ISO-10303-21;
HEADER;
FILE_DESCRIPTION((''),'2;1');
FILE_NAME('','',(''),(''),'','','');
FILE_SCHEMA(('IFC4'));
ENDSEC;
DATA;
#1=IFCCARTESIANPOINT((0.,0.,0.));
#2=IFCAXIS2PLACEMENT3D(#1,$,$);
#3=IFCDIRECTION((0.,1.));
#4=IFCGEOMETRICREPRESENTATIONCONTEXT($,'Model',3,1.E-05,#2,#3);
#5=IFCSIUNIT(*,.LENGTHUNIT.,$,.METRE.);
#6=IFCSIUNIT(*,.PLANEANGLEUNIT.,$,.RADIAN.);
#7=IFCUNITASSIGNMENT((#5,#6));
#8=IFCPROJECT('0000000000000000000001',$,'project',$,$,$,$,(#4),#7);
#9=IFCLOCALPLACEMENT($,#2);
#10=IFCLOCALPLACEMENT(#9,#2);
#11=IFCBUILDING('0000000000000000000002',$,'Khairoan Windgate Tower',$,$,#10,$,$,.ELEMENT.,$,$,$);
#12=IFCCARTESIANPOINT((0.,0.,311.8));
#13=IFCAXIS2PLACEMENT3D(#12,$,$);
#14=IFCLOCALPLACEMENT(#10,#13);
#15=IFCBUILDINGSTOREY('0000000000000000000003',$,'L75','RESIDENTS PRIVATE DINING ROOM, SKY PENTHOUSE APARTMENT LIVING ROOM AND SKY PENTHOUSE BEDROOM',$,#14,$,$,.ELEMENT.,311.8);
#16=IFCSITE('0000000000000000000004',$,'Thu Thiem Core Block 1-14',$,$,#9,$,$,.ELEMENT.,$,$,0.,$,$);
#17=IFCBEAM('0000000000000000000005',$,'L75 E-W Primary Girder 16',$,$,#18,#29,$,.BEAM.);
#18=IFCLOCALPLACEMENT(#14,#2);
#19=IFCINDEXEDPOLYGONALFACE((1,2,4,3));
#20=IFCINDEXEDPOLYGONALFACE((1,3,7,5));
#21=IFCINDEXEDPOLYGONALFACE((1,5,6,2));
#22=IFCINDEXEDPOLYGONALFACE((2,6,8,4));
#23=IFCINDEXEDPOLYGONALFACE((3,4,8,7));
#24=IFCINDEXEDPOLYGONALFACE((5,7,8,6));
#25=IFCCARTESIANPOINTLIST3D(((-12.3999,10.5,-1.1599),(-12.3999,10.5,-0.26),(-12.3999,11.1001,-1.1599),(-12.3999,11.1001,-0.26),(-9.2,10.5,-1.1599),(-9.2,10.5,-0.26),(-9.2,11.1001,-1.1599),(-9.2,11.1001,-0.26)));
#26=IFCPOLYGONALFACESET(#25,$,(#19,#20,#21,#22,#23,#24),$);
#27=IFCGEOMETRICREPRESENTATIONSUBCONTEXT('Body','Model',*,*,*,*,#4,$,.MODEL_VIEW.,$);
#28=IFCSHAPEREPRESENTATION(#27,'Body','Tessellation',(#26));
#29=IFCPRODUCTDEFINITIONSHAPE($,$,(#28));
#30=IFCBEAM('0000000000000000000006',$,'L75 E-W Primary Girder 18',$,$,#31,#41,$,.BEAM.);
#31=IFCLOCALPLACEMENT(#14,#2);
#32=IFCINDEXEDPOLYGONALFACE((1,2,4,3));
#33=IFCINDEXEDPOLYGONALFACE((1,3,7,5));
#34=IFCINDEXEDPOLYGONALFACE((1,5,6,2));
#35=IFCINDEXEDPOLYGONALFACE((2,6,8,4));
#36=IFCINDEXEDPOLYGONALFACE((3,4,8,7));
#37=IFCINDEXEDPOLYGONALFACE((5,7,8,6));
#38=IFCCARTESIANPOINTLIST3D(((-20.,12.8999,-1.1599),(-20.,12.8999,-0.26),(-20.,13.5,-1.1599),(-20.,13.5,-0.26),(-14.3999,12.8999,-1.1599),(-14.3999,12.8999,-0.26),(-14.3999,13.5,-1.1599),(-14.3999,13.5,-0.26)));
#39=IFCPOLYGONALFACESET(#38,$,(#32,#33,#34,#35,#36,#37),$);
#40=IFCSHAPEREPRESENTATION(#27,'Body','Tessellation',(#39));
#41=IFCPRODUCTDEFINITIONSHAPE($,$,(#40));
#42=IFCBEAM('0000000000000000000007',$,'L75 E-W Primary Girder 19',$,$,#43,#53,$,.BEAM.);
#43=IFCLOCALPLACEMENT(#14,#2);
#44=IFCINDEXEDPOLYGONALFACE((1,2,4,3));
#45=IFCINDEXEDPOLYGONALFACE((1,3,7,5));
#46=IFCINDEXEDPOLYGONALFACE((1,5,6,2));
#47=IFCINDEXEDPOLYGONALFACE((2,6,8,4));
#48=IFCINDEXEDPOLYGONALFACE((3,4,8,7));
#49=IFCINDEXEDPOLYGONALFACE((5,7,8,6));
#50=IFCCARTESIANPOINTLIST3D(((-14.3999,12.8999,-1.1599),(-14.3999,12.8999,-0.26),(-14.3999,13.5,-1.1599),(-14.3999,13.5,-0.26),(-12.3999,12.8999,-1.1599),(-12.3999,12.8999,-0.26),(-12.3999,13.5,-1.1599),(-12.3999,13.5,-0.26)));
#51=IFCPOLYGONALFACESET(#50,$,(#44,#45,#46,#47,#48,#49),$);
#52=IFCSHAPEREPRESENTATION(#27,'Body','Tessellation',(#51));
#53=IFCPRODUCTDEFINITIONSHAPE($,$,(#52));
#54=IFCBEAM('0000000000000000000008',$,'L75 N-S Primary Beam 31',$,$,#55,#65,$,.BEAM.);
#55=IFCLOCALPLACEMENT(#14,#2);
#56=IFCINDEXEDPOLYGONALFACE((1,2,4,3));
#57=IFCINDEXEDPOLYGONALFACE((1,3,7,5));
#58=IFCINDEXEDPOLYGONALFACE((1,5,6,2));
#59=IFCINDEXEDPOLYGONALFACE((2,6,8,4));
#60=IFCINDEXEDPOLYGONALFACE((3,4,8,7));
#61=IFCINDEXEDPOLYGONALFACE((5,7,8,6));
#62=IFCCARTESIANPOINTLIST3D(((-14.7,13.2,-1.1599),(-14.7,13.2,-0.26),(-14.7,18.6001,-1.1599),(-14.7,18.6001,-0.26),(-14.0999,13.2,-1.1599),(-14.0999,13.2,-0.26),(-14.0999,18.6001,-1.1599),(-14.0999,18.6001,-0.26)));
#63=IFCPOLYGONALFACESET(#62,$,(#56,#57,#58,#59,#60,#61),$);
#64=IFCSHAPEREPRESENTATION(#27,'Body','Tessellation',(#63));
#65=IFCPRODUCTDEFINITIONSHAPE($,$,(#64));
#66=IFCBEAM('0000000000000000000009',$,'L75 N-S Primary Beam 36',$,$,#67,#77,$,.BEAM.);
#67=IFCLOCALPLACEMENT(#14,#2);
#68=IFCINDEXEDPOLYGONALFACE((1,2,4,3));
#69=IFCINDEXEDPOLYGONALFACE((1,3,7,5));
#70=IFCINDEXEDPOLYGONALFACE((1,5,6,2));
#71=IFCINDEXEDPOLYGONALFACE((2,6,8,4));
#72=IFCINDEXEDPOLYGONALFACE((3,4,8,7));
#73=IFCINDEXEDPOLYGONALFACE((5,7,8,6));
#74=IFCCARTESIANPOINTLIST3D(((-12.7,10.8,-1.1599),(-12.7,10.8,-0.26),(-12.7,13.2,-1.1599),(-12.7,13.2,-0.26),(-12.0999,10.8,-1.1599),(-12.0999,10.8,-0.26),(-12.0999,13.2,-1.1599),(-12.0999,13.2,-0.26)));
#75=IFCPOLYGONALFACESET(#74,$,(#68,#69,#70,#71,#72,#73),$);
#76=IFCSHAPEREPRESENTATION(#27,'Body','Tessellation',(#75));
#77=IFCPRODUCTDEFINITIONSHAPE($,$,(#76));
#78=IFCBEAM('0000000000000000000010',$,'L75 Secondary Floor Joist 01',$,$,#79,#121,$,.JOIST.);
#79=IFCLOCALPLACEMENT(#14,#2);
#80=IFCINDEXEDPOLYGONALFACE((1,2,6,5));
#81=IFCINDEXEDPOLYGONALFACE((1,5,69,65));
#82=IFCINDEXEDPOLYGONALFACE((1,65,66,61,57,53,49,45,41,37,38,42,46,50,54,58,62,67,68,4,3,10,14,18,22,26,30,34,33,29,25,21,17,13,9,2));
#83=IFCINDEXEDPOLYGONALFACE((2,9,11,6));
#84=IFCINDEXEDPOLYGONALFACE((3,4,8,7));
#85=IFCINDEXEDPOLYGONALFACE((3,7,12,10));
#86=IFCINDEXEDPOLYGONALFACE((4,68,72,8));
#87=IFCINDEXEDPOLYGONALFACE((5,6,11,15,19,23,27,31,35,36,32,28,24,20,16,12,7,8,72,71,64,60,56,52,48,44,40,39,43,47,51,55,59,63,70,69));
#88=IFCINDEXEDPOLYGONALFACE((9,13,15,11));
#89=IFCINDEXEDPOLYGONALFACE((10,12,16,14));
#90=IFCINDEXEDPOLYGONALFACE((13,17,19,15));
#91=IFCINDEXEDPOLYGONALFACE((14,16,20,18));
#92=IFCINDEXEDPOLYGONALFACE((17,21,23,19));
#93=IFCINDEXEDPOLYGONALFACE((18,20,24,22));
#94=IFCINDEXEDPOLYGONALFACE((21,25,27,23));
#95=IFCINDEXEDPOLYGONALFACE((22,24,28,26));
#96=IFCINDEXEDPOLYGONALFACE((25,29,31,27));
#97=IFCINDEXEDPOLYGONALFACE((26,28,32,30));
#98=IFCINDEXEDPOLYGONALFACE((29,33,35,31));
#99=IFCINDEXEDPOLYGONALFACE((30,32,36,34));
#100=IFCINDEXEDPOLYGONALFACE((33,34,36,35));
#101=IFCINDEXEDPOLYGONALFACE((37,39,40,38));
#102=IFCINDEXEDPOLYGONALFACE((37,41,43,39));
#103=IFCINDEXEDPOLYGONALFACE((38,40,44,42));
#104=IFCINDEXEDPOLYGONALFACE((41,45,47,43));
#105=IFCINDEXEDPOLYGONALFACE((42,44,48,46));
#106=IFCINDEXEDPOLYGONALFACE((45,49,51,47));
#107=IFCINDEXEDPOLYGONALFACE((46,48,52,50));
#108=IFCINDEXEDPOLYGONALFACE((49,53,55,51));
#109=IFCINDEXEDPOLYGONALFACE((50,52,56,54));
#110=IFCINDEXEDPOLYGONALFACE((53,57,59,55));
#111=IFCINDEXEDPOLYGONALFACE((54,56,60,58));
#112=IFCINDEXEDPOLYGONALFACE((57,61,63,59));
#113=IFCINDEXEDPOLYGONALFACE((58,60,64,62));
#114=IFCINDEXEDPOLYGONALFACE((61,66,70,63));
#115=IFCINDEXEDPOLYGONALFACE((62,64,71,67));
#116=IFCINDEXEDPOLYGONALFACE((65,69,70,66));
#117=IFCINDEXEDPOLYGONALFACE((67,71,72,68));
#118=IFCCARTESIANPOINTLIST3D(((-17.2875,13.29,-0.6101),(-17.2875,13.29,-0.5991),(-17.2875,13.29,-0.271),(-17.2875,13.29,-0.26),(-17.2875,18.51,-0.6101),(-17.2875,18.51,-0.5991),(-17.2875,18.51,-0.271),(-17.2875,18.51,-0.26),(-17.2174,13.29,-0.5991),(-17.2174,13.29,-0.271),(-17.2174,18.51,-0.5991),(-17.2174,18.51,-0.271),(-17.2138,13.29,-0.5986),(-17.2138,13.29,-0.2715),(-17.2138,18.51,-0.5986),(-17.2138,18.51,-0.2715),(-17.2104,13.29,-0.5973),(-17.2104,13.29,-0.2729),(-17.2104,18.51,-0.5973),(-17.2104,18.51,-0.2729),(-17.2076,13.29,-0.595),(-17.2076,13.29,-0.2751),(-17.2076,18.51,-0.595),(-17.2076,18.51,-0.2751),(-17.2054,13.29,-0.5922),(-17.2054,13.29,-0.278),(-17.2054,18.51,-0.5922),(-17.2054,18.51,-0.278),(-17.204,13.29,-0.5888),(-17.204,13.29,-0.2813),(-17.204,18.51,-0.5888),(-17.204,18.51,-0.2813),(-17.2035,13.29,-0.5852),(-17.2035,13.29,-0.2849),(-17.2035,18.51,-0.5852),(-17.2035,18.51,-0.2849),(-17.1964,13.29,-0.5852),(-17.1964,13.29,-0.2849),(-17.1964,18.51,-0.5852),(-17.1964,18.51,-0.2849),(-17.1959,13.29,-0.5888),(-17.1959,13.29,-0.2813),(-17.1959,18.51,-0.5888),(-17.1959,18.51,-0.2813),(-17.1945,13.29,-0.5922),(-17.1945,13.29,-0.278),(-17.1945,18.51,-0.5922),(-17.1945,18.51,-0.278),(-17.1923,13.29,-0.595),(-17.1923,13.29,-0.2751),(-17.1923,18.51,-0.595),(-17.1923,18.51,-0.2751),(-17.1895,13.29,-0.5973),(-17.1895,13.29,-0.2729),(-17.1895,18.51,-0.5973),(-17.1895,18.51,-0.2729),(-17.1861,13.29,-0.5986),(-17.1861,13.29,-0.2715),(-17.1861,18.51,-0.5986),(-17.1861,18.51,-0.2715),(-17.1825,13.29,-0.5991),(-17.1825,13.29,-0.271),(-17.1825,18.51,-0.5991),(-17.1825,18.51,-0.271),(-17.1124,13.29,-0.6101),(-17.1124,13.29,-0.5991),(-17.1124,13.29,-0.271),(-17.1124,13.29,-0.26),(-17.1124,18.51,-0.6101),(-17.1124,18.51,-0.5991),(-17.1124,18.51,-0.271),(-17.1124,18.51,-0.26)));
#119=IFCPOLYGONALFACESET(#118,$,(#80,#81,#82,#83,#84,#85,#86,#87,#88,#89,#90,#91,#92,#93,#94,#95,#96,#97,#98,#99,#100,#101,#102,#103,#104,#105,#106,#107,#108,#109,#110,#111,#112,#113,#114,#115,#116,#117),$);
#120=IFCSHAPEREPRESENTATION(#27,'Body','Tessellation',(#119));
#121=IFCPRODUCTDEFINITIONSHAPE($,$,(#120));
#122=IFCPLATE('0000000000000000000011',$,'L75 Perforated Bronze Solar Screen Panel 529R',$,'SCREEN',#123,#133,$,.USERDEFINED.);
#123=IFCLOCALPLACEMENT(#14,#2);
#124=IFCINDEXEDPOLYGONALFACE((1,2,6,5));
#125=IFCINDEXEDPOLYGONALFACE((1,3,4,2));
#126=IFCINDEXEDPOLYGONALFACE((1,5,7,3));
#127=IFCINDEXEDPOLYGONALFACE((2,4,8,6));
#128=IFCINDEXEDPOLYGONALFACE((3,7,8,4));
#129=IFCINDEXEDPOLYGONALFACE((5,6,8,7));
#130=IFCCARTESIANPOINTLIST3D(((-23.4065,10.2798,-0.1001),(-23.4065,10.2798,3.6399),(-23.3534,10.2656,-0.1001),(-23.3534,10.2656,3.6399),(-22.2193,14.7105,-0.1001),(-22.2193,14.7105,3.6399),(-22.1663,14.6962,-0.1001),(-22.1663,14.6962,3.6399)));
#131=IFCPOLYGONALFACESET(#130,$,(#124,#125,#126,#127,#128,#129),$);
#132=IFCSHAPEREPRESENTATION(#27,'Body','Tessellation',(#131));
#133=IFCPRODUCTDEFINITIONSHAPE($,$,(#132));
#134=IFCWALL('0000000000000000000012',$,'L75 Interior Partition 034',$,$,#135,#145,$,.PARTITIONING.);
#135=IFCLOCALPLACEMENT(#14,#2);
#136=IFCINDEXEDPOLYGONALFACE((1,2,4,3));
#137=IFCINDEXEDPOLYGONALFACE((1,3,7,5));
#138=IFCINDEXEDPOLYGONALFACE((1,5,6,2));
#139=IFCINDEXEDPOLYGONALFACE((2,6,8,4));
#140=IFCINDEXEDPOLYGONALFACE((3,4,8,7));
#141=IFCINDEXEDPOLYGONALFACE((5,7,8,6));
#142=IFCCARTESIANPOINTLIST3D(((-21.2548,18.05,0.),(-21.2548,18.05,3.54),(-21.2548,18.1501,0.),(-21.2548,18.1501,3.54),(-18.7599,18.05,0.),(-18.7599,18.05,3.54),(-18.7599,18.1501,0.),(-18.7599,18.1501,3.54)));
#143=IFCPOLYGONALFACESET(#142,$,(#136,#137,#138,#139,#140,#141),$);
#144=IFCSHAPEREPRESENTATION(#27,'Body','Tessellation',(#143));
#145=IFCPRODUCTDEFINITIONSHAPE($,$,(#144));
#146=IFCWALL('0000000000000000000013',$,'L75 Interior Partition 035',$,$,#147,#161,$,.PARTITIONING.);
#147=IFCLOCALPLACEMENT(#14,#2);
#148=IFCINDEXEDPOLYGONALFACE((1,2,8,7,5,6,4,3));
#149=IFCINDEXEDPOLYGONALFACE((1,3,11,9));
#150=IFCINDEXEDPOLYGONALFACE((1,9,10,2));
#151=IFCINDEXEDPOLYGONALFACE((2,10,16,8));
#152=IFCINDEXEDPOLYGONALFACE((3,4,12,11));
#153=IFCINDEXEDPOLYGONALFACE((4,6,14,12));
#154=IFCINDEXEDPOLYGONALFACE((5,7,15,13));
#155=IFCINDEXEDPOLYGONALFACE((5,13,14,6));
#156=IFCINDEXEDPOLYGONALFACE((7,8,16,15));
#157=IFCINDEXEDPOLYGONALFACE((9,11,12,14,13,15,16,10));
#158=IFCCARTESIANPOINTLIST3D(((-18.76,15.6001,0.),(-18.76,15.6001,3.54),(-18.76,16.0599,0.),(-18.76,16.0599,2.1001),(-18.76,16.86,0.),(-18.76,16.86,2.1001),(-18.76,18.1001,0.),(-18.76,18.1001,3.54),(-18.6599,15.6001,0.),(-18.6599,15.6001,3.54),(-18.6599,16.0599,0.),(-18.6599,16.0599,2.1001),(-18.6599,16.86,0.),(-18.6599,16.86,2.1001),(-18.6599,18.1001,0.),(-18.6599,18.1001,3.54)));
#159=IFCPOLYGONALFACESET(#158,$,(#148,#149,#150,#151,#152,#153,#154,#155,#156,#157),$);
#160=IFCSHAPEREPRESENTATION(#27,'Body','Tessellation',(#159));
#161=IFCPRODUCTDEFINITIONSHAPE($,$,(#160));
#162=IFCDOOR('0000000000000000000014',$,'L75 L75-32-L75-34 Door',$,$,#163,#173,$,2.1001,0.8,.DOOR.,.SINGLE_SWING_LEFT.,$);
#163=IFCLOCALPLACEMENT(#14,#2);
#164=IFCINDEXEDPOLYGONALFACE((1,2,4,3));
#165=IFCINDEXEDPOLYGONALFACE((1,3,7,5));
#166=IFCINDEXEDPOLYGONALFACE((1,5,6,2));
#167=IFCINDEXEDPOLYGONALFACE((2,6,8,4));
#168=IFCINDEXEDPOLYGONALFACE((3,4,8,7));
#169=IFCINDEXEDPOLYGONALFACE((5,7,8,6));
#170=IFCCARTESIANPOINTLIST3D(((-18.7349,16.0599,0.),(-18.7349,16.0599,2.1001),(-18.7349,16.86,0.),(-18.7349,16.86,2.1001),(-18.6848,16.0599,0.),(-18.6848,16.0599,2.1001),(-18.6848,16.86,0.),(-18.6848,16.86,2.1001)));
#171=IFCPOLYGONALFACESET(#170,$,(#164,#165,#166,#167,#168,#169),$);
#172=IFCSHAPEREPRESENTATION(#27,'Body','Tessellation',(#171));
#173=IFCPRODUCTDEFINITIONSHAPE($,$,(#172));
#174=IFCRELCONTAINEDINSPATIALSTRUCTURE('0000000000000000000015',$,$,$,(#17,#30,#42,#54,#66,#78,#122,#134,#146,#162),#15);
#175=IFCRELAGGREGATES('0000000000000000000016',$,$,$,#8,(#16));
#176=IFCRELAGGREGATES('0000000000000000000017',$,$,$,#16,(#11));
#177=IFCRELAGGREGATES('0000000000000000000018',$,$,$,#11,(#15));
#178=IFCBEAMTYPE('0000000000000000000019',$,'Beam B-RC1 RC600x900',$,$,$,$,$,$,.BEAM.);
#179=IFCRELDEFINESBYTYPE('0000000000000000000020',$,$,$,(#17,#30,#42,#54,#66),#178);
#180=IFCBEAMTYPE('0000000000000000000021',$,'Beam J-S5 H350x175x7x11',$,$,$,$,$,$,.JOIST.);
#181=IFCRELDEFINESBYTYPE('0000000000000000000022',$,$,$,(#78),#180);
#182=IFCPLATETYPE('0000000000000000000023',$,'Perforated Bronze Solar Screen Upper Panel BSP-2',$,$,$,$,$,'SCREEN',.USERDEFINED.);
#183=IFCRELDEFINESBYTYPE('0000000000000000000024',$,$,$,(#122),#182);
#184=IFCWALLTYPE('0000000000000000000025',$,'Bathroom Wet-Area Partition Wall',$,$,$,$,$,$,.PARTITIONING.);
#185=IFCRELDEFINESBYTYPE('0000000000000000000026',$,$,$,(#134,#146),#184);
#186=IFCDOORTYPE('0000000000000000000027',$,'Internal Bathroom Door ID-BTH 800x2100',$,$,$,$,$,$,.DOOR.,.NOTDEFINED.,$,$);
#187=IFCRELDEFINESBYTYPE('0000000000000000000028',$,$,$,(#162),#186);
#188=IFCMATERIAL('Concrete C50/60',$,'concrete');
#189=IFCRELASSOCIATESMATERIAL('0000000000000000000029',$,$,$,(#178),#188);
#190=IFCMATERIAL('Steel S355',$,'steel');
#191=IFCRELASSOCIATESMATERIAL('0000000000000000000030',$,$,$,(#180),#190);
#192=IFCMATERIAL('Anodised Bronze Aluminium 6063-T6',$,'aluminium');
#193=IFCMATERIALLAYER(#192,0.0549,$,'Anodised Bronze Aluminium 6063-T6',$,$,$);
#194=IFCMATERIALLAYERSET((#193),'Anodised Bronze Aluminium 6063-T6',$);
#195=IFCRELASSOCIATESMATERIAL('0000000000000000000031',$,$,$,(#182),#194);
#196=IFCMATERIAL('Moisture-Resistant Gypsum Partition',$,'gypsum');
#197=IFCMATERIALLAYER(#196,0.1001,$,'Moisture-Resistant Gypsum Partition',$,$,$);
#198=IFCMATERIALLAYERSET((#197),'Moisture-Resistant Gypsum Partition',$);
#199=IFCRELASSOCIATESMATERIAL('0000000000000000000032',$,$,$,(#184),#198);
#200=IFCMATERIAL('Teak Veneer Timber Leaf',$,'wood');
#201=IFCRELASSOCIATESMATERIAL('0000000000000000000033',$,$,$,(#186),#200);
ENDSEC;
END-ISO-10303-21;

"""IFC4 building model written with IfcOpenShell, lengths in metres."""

from ifc_helpers import new_model, si_unit, direction, frame, frame_2d, origin, origin_2d, place, context, subcontext, project, spatial, rectangle, i_section, extrude, material, layer, layer_set, material_profile, profile_set, type_object, element, fill, save


model = new_model("IFC4")

# Units and contexts
model_context = context("Model", 3, precision=1e-05, world=origin(), true_north=direction((0.0, 1.0)))
body_context = subcontext(model_context, "Body", "Model", "MODEL_VIEW")
ifc_project = project(units=[si_unit("LENGTHUNIT", "METRE"), si_unit("PLANEANGLEUNIT", "RADIAN")], contexts=[model_context])

# Site, building, storey
site_placement = place(None, origin())
site = spatial("IfcSite", under=ifc_project, at=site_placement, Name="Thu Thiem Core Block 1-14", CompositionType="ELEMENT", RefElevation=0.0)
building_placement = place(site_placement, origin())
building = spatial("IfcBuilding", under=site, at=building_placement, Name="Khairoan Windgate Tower", CompositionType="ELEMENT")
storey_placement = place(building_placement, frame((0.0, 0.0, 311.8)))
storey = spatial("IfcBuildingStorey", under=building, at=storey_placement, Name="L75", Description="RESIDENTS PRIVATE DINING ROOM, SKY PENTHOUSE APARTMENT LIVING ROOM AND SKY PENTHOUSE BEDROOM", CompositionType="ELEMENT", Elevation=311.8)

# Beams
ifc_material_1 = material(Name="Concrete C50/60", Category="concrete")
ifc_material_profile_1 = material_profile(ifc_material_1, rectangle(XDim=0.6001, YDim=0.8999, at=origin_2d()))
ifc_profile_set_1 = profile_set([ifc_material_profile_1], Name="Concrete C50/60")
beam_type_1 = type_object("IfcBeamType", Name="Beam B-RC1 RC600x900", PredefinedType="BEAM", material=ifc_profile_set_1)
beam_1_placement = place(storey_placement, frame((-12.3999, 10.8, -0.71), z_axis=(1.0, 0.0, 0.0), x_axis=(0.0, 1.0, 0.0)))
element("IfcBeam", 1, at=beam_1_placement, inside=storey, type_object=beam_type_1, Name="L75 E-W Primary Girder 16", PredefinedType="BEAM", context=body_context, shape_type="SweptSolid", body=[
    extrude(rectangle(XDim=0.6001, YDim=0.8999, at=origin_2d()), origin(), (0.0, 0.0, 1.0), 3.2),
])
beam_2_placement = place(storey_placement, frame((-20.0, 13.2, -0.71), z_axis=(1.0, 0.0, 0.0), x_axis=(0.0, 1.0, 0.0)))
element("IfcBeam", 2, at=beam_2_placement, inside=storey, type_object=beam_type_1, Name="L75 E-W Primary Girder 18", PredefinedType="BEAM", context=body_context, shape_type="SweptSolid", body=[
    extrude(rectangle(XDim=0.6001, YDim=0.8999, at=origin_2d()), origin(), (0.0, 0.0, 1.0), 5.6001),
])
beam_3_placement = place(storey_placement, frame((-14.3999, 13.2, -0.71), z_axis=(1.0, 0.0, 0.0), x_axis=(0.0, 1.0, 0.0)))
element("IfcBeam", 3, at=beam_3_placement, inside=storey, type_object=beam_type_1, Name="L75 E-W Primary Girder 19", PredefinedType="BEAM", context=body_context, shape_type="SweptSolid", body=[
    extrude(rectangle(XDim=0.6001, YDim=0.8999, at=origin_2d()), origin(), (0.0, 0.0, 1.0), 2.0),
])
beam_4_placement = place(storey_placement, frame((-14.3999, 13.2, -0.71), z_axis=(0.0, 1.0, 0.0), x_axis=(-1.0, 0.0, 0.0)))
element("IfcBeam", 4, at=beam_4_placement, inside=storey, type_object=beam_type_1, Name="L75 N-S Primary Beam 31", PredefinedType="BEAM", context=body_context, shape_type="SweptSolid", body=[
    extrude(rectangle(XDim=0.6001, YDim=0.8999, at=origin_2d()), origin(), (0.0, 0.0, 1.0), 5.4001),
])
beam_5_placement = place(storey_placement, frame((-12.3999, 10.8, -0.71), z_axis=(0.0, 1.0, 0.0), x_axis=(-1.0, 0.0, 0.0)))
element("IfcBeam", 5, at=beam_5_placement, inside=storey, type_object=beam_type_1, Name="L75 N-S Primary Beam 36", PredefinedType="BEAM", context=body_context, shape_type="SweptSolid", body=[
    extrude(rectangle(XDim=0.6001, YDim=0.8999, at=origin_2d()), origin(), (0.0, 0.0, 1.0), 2.3999),
])
ifc_material_2 = material(Name="Steel S355", Category="steel")
ifc_material_profile_2 = material_profile(ifc_material_2, i_section(OverallWidth=0.175, OverallDepth=0.3501, WebThickness=0.0071, FlangeThickness=0.011, FilletRadius=0.0139, at=origin_2d()))
ifc_profile_set_2 = profile_set([ifc_material_profile_2], Name="Steel S355")
beam_type_2 = type_object("IfcBeamType", Name="Beam J-S5 H350x175x7x11", PredefinedType="JOIST", material=ifc_profile_set_2)
beam_6_placement = place(storey_placement, frame((-17.2, 13.29, -0.4351), z_axis=(0.0, 1.0, 0.0), x_axis=(-1.0, 0.0, 0.0)))
element("IfcBeam", 6, at=beam_6_placement, inside=storey, type_object=beam_type_2, Name="L75 Secondary Floor Joist 01", PredefinedType="JOIST", context=body_context, shape_type="SweptSolid", body=[
    extrude(i_section(OverallWidth=0.175, OverallDepth=0.3501, WebThickness=0.0071, FlangeThickness=0.011, FilletRadius=0.0139, at=origin_2d()), origin(), (0.0, 0.0, 1.0), 5.22),
])

# Plate
ifc_material_3 = material(Name="Anodised Bronze Aluminium 6063-T6", Category="aluminium")
ifc_layer_1 = layer(ifc_material_3, 0.0549, Name="Anodised Bronze Aluminium 6063-T6")
ifc_layer_set_1 = layer_set([ifc_layer_1], Name="Anodised Bronze Aluminium 6063-T6")
plate_type = type_object("IfcPlateType", Name="Perforated Bronze Solar Screen Upper Panel BSP-2", ElementType="SCREEN", PredefinedType="USERDEFINED", material=ifc_layer_set_1)
plate_placement = place(storey_placement, frame((-22.7864, 12.488, -0.1001), z_axis=(0.0, 0.0, 1.0), x_axis=(0.258819, 0.965926, 0.0)))
element("IfcPlate", 7, at=plate_placement, inside=storey, type_object=plate_type, Name="L75 Perforated Bronze Solar Screen Panel 529R", ObjectType="SCREEN", PredefinedType="USERDEFINED", context=body_context, shape_type="SweptSolid", body=[
    extrude(rectangle(XDim=4.5869, YDim=0.0549, at=origin_2d()), origin(), (0.0, 0.0, 1.0), 3.74),
])

# Wall
ifc_material_4 = material(Name="Moisture-Resistant Gypsum Partition", Category="gypsum")
ifc_layer_2 = layer(ifc_material_4, 0.1001, Name="Moisture-Resistant Gypsum Partition")
ifc_layer_set_2 = layer_set([ifc_layer_2], Name="Moisture-Resistant Gypsum Partition")
wall_type_1 = type_object("IfcWallType", Name="Bathroom Wet-Area Partition Wall", PredefinedType="PARTITIONING", material=ifc_layer_set_2)
wall_1_placement = place(storey_placement, frame((-21.2549, 18.1001, 0.0), z_axis=(0.0, 0.0, 1.0), x_axis=(1.0, 0.0, 0.0)))
element("IfcWall", 8, at=wall_1_placement, inside=storey, type_object=wall_type_1, Name="L75 Interior Partition 034", PredefinedType="PARTITIONING", context=body_context, shape_type="SweptSolid", body=[
    extrude(rectangle(XDim=2.4949, YDim=0.1001, at=frame_2d((1.2476, 0.0))), origin(), (0.0, 0.0, 1.0), 3.54),
])

# Wall, opening, door
wall_2_placement = place(storey_placement, frame((-18.71, 15.6001, 0.0), z_axis=(0.0, 0.0, 1.0), x_axis=(0.0, 1.0, 0.0)))
wall_2 = element("IfcWall", 9, at=wall_2_placement, inside=storey, type_object=wall_type_1, Name="L75 Interior Partition 035", PredefinedType="PARTITIONING", context=body_context, shape_type="SweptSolid", body=[
    extrude(rectangle(XDim=2.5, YDim=0.1001, at=frame_2d((1.25, 0.0))), origin(), (0.0, 0.0, 1.0), 3.54),
])
opening_1_placement = place(wall_2_placement, frame((0.46, 0.0, 0.0)))
opening_1 = element("IfcOpeningElement", 10, at=opening_1_placement, cuts=wall_2, PredefinedType="OPENING", context=body_context, shape_type="SweptSolid", body=[
    extrude(rectangle(XDim=0.8, YDim=2.1001, at=frame_2d((0.3999, 1.05))), frame((0.0, 0.0601, 0.0), z_axis=(0.0, -1.0, 0.0), x_axis=(1.0, 0.0, 0.0)), (0.0, 0.0, 1.0), 0.1201),
])
ifc_material_5 = material(Name="Teak Veneer Timber Leaf", Category="wood")
door_type_1 = type_object("IfcDoorType", Name="Internal Bathroom Door ID-BTH 800x2100", OperationType="NOTDEFINED", PredefinedType="DOOR", material=ifc_material_5)
door_1_placement = place(opening_1_placement, origin())
door_1 = element("IfcDoor", 11, at=door_1_placement, inside=storey, type_object=door_type_1, Name="L75 L75-32-L75-34 Door", OperationType="SINGLE_SWING_LEFT", OverallHeight=2.1001, OverallWidth=0.8, PredefinedType="DOOR", context=body_context, shape_type="SweptSolid", body=[
    extrude(rectangle(XDim=0.8, YDim=2.1001, at=frame_2d((0.3999, 1.05))), frame((0.0, 0.0249, 0.0), z_axis=(0.0, -1.0, 0.0), x_axis=(1.0, 0.0, 0.0)), (0.0, 0.0, 1.0), 0.05),
])
fill(opening_1, door_1)

save(model, "model.ifc")
